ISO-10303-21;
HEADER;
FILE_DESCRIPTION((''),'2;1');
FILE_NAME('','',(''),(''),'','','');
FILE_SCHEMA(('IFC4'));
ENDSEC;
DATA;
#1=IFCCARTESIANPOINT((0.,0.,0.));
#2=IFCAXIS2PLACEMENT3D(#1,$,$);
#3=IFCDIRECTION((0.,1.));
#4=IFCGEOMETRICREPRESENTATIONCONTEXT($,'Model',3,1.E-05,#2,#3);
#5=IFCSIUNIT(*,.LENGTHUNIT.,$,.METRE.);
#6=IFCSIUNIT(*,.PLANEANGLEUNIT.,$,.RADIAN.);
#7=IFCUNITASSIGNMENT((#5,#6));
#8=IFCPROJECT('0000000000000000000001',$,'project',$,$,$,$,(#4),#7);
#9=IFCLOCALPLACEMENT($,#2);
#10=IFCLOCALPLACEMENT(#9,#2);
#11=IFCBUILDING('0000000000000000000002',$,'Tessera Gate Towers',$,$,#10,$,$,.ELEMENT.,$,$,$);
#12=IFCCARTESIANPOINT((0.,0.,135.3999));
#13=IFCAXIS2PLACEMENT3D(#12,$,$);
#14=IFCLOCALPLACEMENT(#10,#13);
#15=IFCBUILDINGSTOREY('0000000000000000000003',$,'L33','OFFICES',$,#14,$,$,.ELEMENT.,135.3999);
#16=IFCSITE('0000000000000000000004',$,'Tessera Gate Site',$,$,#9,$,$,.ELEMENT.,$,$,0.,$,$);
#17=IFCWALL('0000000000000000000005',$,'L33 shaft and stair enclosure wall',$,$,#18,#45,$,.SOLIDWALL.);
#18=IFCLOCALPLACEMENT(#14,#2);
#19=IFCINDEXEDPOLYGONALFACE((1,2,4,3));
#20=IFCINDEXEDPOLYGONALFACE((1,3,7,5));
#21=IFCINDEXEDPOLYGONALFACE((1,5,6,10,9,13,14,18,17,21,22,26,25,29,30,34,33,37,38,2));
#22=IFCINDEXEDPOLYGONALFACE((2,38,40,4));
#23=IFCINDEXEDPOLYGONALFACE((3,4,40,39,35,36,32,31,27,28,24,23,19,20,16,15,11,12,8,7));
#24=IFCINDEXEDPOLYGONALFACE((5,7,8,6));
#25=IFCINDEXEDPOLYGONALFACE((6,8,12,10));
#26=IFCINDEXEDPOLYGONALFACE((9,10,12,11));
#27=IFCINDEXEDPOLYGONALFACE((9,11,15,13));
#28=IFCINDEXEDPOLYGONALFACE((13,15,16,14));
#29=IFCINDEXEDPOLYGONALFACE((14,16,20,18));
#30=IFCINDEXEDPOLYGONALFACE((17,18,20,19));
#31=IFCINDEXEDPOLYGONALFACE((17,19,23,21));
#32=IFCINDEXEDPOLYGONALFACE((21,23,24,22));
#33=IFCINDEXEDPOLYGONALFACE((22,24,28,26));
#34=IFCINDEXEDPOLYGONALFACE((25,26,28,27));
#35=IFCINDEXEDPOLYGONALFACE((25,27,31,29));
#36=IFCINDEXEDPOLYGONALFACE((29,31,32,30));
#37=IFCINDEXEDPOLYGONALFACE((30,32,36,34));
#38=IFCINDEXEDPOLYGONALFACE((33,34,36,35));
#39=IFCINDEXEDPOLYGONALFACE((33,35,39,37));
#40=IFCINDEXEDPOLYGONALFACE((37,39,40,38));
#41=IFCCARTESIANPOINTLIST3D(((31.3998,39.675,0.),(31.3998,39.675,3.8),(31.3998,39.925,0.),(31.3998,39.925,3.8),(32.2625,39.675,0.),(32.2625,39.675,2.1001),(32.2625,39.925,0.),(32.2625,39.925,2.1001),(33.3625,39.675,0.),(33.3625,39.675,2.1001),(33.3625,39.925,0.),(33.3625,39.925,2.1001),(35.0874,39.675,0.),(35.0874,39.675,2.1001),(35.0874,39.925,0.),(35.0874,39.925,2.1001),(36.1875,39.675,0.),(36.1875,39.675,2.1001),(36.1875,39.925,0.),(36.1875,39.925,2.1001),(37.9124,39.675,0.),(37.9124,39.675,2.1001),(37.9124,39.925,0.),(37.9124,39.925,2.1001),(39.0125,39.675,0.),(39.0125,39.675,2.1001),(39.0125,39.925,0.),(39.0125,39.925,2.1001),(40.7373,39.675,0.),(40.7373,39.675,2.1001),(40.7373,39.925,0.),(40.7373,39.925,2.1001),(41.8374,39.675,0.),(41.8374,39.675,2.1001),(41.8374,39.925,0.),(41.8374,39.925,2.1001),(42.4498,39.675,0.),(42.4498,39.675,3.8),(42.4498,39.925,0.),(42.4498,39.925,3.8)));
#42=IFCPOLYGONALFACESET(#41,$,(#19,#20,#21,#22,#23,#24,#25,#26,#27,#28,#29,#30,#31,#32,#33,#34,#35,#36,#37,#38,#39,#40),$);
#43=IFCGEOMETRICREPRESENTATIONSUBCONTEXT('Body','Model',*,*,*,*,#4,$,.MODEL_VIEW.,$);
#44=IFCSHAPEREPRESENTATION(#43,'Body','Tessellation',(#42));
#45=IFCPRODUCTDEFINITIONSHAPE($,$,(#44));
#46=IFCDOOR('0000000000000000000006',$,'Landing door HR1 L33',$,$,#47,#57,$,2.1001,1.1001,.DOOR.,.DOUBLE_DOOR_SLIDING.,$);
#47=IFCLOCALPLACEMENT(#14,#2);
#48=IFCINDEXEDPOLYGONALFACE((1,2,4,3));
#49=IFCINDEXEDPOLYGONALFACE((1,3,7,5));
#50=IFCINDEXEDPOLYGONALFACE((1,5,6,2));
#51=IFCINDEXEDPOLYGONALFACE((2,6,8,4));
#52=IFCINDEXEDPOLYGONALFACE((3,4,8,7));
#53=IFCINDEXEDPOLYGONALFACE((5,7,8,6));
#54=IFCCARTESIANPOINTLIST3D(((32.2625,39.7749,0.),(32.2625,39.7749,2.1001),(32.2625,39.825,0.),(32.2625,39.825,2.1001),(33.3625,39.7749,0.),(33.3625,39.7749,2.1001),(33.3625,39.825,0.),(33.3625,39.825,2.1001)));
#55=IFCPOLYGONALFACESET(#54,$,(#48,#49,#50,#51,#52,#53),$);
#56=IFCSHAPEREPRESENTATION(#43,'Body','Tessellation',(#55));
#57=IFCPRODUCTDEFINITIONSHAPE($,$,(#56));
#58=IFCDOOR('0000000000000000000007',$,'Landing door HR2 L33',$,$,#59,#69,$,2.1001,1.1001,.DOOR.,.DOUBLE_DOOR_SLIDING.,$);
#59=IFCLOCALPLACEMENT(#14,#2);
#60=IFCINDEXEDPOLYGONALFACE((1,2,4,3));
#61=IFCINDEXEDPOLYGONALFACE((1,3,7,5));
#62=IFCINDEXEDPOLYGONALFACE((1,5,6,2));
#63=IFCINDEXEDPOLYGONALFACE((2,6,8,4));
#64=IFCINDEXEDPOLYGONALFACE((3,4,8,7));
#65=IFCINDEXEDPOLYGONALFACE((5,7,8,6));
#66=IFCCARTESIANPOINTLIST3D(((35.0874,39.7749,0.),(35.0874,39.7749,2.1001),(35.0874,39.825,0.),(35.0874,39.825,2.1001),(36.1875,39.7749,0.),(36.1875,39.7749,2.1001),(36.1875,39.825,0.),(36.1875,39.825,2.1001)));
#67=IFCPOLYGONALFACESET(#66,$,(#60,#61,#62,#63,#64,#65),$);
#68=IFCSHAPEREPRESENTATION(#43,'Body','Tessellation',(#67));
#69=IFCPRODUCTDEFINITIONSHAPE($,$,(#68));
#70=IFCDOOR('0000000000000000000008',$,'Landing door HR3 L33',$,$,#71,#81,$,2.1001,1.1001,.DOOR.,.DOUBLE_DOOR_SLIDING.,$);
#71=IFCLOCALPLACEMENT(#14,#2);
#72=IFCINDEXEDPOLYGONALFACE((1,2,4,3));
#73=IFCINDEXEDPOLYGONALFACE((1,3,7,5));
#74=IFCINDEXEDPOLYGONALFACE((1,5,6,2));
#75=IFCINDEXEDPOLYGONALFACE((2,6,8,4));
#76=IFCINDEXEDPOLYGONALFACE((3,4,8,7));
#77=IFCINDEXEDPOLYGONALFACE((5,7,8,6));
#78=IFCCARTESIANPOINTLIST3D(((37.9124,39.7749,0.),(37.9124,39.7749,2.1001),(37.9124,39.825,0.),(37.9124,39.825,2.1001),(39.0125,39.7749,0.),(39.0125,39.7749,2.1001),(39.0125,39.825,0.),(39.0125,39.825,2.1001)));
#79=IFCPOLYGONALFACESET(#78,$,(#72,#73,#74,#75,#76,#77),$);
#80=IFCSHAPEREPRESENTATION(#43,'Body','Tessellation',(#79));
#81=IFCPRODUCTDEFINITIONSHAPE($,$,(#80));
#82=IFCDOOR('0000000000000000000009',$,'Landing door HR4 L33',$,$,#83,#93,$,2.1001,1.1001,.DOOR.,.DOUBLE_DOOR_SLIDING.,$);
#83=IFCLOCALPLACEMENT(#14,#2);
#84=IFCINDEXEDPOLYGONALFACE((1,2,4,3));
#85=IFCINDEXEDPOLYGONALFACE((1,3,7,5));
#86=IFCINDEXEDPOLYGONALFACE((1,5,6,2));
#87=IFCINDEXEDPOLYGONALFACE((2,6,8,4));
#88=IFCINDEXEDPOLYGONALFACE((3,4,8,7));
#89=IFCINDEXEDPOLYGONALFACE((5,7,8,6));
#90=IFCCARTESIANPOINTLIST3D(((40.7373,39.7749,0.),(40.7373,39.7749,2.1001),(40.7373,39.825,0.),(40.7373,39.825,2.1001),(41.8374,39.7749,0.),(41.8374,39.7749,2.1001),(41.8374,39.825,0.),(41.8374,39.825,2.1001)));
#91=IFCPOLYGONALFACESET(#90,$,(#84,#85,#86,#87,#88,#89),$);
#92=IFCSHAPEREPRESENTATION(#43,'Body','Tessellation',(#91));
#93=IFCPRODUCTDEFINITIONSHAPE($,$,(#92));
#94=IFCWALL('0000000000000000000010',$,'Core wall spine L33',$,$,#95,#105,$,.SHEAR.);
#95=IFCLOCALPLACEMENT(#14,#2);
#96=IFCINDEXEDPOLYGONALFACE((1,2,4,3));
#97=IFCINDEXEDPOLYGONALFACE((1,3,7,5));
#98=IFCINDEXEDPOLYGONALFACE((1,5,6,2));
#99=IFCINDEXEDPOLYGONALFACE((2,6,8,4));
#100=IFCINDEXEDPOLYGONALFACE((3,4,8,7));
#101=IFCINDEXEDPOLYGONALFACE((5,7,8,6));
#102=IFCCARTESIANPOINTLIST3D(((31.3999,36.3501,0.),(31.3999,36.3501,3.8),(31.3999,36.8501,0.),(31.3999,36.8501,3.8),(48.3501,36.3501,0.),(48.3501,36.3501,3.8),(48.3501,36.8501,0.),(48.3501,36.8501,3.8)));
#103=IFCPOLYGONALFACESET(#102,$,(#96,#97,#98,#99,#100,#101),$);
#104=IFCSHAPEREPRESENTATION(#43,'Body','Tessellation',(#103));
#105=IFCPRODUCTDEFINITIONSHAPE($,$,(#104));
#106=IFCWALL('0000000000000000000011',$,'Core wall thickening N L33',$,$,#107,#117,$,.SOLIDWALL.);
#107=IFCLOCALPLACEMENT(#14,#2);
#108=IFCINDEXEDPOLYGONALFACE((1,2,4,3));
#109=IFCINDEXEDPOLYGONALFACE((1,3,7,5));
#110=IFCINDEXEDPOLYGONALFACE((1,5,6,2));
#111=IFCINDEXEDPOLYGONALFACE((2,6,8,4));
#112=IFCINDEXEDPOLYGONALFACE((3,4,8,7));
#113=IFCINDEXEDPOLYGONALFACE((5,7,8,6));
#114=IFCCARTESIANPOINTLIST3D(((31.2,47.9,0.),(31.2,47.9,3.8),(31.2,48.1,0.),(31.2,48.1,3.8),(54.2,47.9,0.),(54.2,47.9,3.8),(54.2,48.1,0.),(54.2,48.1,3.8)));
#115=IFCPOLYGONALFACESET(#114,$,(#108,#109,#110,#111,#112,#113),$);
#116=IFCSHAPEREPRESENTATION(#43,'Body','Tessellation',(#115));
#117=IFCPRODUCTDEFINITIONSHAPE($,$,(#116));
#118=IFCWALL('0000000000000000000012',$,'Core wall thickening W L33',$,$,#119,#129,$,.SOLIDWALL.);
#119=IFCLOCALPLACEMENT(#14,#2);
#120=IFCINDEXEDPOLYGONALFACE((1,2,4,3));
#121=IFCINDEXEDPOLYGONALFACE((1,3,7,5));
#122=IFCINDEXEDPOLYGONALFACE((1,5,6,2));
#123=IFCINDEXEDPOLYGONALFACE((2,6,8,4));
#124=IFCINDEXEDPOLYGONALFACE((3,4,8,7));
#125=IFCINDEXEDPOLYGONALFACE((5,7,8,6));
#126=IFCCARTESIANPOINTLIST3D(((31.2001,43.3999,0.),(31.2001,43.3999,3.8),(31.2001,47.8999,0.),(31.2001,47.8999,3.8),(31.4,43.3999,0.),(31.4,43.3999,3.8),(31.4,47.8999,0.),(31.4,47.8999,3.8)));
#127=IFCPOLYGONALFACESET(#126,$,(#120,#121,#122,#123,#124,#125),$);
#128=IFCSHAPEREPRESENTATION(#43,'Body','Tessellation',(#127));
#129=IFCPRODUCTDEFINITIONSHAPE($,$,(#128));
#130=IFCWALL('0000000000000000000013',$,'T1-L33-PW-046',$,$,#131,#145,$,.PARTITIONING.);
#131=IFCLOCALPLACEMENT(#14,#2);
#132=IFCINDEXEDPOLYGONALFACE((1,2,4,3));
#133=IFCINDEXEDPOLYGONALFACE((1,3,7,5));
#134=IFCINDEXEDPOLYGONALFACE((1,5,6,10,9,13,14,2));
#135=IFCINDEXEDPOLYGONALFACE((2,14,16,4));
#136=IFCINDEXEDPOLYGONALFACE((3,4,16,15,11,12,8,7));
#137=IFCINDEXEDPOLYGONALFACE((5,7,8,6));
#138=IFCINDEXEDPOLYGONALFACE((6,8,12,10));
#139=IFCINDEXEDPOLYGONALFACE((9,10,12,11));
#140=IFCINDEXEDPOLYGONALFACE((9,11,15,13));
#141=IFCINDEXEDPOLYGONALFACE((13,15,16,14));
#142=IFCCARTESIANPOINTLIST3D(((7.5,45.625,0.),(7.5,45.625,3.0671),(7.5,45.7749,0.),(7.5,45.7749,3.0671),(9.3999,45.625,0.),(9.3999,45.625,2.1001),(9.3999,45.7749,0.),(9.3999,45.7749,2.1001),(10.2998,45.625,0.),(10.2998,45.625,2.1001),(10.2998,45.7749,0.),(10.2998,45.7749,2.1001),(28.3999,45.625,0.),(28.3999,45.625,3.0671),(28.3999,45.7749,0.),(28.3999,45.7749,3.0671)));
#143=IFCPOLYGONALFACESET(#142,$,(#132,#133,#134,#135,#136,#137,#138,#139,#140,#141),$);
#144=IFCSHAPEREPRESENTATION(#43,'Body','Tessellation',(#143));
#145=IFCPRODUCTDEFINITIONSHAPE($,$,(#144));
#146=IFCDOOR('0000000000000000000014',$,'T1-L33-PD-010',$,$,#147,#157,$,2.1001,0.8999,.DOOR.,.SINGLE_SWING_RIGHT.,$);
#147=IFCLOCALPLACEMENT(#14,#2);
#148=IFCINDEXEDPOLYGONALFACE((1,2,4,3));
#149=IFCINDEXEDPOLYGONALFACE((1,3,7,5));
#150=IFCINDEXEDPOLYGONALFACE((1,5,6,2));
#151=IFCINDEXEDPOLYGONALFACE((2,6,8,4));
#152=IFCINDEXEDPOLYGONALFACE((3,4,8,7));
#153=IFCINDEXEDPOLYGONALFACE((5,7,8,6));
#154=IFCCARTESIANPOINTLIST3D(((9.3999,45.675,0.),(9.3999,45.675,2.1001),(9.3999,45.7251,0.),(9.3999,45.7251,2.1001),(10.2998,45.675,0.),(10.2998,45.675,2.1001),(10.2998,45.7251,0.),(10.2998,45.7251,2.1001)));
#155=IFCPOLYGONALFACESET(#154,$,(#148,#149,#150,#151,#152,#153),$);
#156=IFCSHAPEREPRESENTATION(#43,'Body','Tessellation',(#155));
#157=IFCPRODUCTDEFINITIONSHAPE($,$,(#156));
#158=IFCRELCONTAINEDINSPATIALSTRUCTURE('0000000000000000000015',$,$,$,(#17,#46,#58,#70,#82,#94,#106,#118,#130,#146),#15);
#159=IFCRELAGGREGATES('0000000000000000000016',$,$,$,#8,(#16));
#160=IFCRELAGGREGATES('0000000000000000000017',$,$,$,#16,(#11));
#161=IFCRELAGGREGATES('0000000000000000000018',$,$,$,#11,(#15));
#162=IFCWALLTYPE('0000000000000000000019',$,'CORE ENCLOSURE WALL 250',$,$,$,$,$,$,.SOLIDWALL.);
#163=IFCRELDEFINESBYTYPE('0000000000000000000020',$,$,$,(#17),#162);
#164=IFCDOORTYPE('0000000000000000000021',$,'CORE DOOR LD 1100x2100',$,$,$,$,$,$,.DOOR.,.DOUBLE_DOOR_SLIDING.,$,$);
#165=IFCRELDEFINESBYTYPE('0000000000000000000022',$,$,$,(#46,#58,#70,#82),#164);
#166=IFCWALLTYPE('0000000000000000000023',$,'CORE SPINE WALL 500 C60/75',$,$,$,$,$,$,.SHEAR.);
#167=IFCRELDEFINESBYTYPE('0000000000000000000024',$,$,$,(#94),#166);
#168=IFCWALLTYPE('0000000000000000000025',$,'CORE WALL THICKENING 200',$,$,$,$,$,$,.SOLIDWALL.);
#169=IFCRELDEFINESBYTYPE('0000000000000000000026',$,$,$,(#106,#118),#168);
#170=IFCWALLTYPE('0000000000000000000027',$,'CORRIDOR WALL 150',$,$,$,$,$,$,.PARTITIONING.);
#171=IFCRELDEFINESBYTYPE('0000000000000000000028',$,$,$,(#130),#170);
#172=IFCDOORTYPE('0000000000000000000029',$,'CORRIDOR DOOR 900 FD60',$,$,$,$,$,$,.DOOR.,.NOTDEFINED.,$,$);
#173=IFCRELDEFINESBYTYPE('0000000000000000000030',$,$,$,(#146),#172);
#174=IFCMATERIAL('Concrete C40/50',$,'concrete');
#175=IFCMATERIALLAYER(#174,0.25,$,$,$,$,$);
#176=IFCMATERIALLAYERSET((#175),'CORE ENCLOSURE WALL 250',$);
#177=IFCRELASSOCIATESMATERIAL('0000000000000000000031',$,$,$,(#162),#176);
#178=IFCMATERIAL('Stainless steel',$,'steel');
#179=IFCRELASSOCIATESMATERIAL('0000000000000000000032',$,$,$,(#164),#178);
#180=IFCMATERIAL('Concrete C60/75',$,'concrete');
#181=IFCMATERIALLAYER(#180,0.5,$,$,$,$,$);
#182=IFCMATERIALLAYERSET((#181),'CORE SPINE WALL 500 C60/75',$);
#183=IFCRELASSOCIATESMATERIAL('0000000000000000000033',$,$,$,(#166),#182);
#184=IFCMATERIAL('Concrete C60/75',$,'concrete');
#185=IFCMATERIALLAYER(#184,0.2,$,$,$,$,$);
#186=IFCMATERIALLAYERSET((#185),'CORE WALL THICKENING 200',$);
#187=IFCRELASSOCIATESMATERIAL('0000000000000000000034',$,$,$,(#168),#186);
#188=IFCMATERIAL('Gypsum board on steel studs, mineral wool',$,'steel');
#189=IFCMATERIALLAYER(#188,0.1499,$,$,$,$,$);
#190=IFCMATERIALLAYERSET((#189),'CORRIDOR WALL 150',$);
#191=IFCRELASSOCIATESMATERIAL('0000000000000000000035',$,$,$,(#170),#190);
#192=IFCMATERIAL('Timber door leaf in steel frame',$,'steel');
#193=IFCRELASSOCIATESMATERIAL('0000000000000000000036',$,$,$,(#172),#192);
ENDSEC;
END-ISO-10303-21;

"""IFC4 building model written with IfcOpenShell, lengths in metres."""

from ifc_helpers import new_model, si_unit, direction, frame, frame_2d, origin, place, context, subcontext, project, spatial, rectangle, extrude, source, transform, mapped, material, layer, layer_set, type_object, element, fill, save


model = new_model("IFC4")

# Units and contexts
model_context = context("Model", 3, precision=1e-05, world=origin(), true_north=direction((0.0, 1.0)))
body_context = subcontext(model_context, "Body", "Model", "MODEL_VIEW")
ifc_project = project(units=[si_unit("LENGTHUNIT", "METRE"), si_unit("PLANEANGLEUNIT", "RADIAN")], contexts=[model_context])

# Site, building, storey
site_placement = place(None, origin())
site = spatial("IfcSite", under=ifc_project, at=site_placement, Name="Tessera Gate Site", CompositionType="ELEMENT", RefElevation=0.0)
building_placement = place(site_placement, origin())
building = spatial("IfcBuilding", under=site, at=building_placement, Name="Tessera Gate Towers", CompositionType="ELEMENT")
storey_placement = place(building_placement, frame((0.0, 0.0, 135.3999)))
storey = spatial("IfcBuildingStorey", under=building, at=storey_placement, Name="L33", Description="OFFICES", CompositionType="ELEMENT", Elevation=135.3999)

# Wall, openings, doors
ifc_material_1 = material(Name="Concrete C40/50", Category="concrete")
ifc_layer_1 = layer(ifc_material_1, 0.25)
ifc_layer_set_1 = layer_set([ifc_layer_1], Name="CORE ENCLOSURE WALL 250")
wall_type_1 = type_object("IfcWallType", Name="CORE ENCLOSURE WALL 250", PredefinedType="SOLIDWALL", material=ifc_layer_set_1)
wall_1_placement = place(storey_placement, frame((31.3999, 39.8, 0.0), z_axis=(0.0, 0.0, 1.0), x_axis=(1.0, 0.0, 0.0)))
wall_1 = element("IfcWall", 1, at=wall_1_placement, inside=storey, type_object=wall_type_1, Name="L33 shaft and stair enclosure wall", PredefinedType="SOLIDWALL", context=body_context, shape_type="SweptSolid", body=[
    extrude(rectangle(XDim=11.05, YDim=0.25, at=frame_2d((5.5249, 0.0))), origin(), (0.0, 0.0, 1.0), 3.8),
])
shared_shape_1 = source(origin(), body_context, "Body", "SweptSolid", [
    extrude(rectangle(XDim=1.1001, YDim=2.1001, at=frame_2d((0.55, 1.05))), frame((0.0, 0.135, 0.0), z_axis=(0.0, -1.0, 0.0), x_axis=(1.0, 0.0, 0.0)), (0.0, 0.0, 1.0), 0.27),
])
opening_1_placement = place(wall_1_placement, frame((0.8625, 0.0, 0.0)))
opening_1 = element("IfcOpeningElement", 2, at=opening_1_placement, cuts=wall_1, PredefinedType="OPENING", context=body_context, shape_type="MappedRepresentation", body=[
    mapped(shared_shape_1, transform((0.0, 0.0, 0.0), scale=1.0)),
])
opening_2_placement = place(wall_1_placement, frame((3.6875, 0.0, 0.0)))
opening_2 = element("IfcOpeningElement", 3, at=opening_2_placement, cuts=wall_1, PredefinedType="OPENING", context=body_context, shape_type="MappedRepresentation", body=[
    mapped(shared_shape_1, transform((0.0, 0.0, 0.0), scale=1.0)),
])
opening_3_placement = place(wall_1_placement, frame((6.5125, 0.0, 0.0)))
opening_3 = element("IfcOpeningElement", 4, at=opening_3_placement, cuts=wall_1, PredefinedType="OPENING", context=body_context, shape_type="MappedRepresentation", body=[
    mapped(shared_shape_1, transform((0.0, 0.0, 0.0), scale=1.0)),
])
opening_4_placement = place(wall_1_placement, frame((9.3374, 0.0, 0.0)))
opening_4 = element("IfcOpeningElement", 5, at=opening_4_placement, cuts=wall_1, PredefinedType="OPENING", context=body_context, shape_type="MappedRepresentation", body=[
    mapped(shared_shape_1, transform((0.0, 0.0, 0.0), scale=1.0)),
])
ifc_material_2 = material(Name="Stainless steel", Category="steel")
door_type_1 = type_object("IfcDoorType", Name="CORE DOOR LD 1100x2100", OperationType="DOUBLE_DOOR_SLIDING", PredefinedType="DOOR", material=ifc_material_2)
shared_shape_2 = source(origin(), body_context, "Body", "SweptSolid", [
    extrude(rectangle(XDim=1.1001, YDim=2.1001, at=frame_2d((0.55, 1.05))), frame((0.0, 0.0249, 0.0), z_axis=(0.0, -1.0, 0.0), x_axis=(1.0, 0.0, 0.0)), (0.0, 0.0, 1.0), 0.05),
])
door_1_placement = place(opening_1_placement, origin())
door_1 = element("IfcDoor", 6, at=door_1_placement, inside=storey, type_object=door_type_1, Name="Landing door HR1 L33", OperationType="DOUBLE_DOOR_SLIDING", OverallHeight=2.1001, OverallWidth=1.1001, PredefinedType="DOOR", context=body_context, shape_type="MappedRepresentation", body=[
    mapped(shared_shape_2, transform((0.0, 0.0, 0.0), scale=1.0)),
])
fill(opening_1, door_1)
door_2_placement = place(opening_2_placement, origin())
door_2 = element("IfcDoor", 7, at=door_2_placement, inside=storey, type_object=door_type_1, Name="Landing door HR2 L33", OperationType="DOUBLE_DOOR_SLIDING", OverallHeight=2.1001, OverallWidth=1.1001, PredefinedType="DOOR", context=body_context, shape_type="MappedRepresentation", body=[
    mapped(shared_shape_2, transform((0.0, 0.0, 0.0), scale=1.0)),
])
fill(opening_2, door_2)
door_3_placement = place(opening_3_placement, origin())
door_3 = element("IfcDoor", 8, at=door_3_placement, inside=storey, type_object=door_type_1, Name="Landing door HR3 L33", OperationType="DOUBLE_DOOR_SLIDING", OverallHeight=2.1001, OverallWidth=1.1001, PredefinedType="DOOR", context=body_context, shape_type="MappedRepresentation", body=[
    mapped(shared_shape_2, transform((0.0, 0.0, 0.0), scale=1.0)),
])
fill(opening_3, door_3)
door_4_placement = place(opening_4_placement, origin())
door_4 = element("IfcDoor", 9, at=door_4_placement, inside=storey, type_object=door_type_1, Name="Landing door HR4 L33", OperationType="DOUBLE_DOOR_SLIDING", OverallHeight=2.1001, OverallWidth=1.1001, PredefinedType="DOOR", context=body_context, shape_type="MappedRepresentation", body=[
    mapped(shared_shape_2, transform((0.0, 0.0, 0.0), scale=1.0)),
])
fill(opening_4, door_4)

# Walls
ifc_material_3 = material(Name="Concrete C60/75", Category="concrete")
ifc_layer_2 = layer(ifc_material_3, 0.5)
ifc_layer_set_2 = layer_set([ifc_layer_2], Name="CORE SPINE WALL 500 C60/75")
wall_type_2 = type_object("IfcWallType", Name="CORE SPINE WALL 500 C60/75", PredefinedType="SHEAR", material=ifc_layer_set_2)
wall_2_placement = place(storey_placement, frame((31.3999, 36.6001, 0.0), z_axis=(0.0, 0.0, 1.0), x_axis=(1.0, 0.0, 0.0)))
element("IfcWall", 10, at=wall_2_placement, inside=storey, type_object=wall_type_2, Name="Core wall spine L33", PredefinedType="SHEAR", context=body_context, shape_type="SweptSolid", body=[
    extrude(rectangle(XDim=16.9502, YDim=0.5, at=frame_2d((8.4751, 0.0))), origin(), (0.0, 0.0, 1.0), 3.8),
])
ifc_material_4 = material(Name="Concrete C60/75", Category="concrete")
ifc_layer_3 = layer(ifc_material_4, 0.2)
ifc_layer_set_3 = layer_set([ifc_layer_3], Name="CORE WALL THICKENING 200")
wall_type_3 = type_object("IfcWallType", Name="CORE WALL THICKENING 200", PredefinedType="SOLIDWALL", material=ifc_layer_set_3)
wall_3_placement = place(storey_placement, frame((31.2, 48.0, 0.0), z_axis=(0.0, 0.0, 1.0), x_axis=(1.0, 0.0, 0.0)))
element("IfcWall", 11, at=wall_3_placement, inside=storey, type_object=wall_type_3, Name="Core wall thickening N L33", PredefinedType="SOLIDWALL", context=body_context, shape_type="SweptSolid", body=[
    extrude(rectangle(XDim=23.0, YDim=0.2, at=frame_2d((11.5, 0.0))), origin(), (0.0, 0.0, 1.0), 3.8),
])
wall_4_placement = place(storey_placement, frame((31.3, 43.3999, 0.0), z_axis=(0.0, 0.0, 1.0), x_axis=(0.0, 1.0, 0.0)))
element("IfcWall", 12, at=wall_4_placement, inside=storey, type_object=wall_type_3, Name="Core wall thickening W L33", PredefinedType="SOLIDWALL", context=body_context, shape_type="SweptSolid", body=[
    extrude(rectangle(XDim=4.5, YDim=0.2, at=frame_2d((2.25, 0.0))), origin(), (0.0, 0.0, 1.0), 3.8),
])

# Wall, opening, door
ifc_material_5 = material(Name="Gypsum board on steel studs, mineral wool", Category="steel")
ifc_layer_4 = layer(ifc_material_5, 0.1499)
ifc_layer_set_4 = layer_set([ifc_layer_4], Name="CORRIDOR WALL 150")
wall_type_4 = type_object("IfcWallType", Name="CORRIDOR WALL 150", PredefinedType="PARTITIONING", material=ifc_layer_set_4)
wall_5_placement = place(storey_placement, frame((28.3999, 45.7, 0.0), z_axis=(0.0, 0.0, 1.0), x_axis=(-1.0, 0.0, 0.0)))
wall_5 = element("IfcWall", 13, at=wall_5_placement, inside=storey, type_object=wall_type_4, Name="T1-L33-PW-046", PredefinedType="PARTITIONING", context=body_context, shape_type="SweptSolid", body=[
    extrude(rectangle(XDim=20.8999, YDim=0.1499, at=frame_2d((10.45, 0.0))), origin(), (0.0, 0.0, 1.0), 3.0671),
])
shared_shape_3 = source(origin(), body_context, "Body", "SweptSolid", [
    extrude(rectangle(XDim=0.8999, YDim=2.1001, at=frame_2d((0.45, 1.05))), frame((0.0, 0.085, 0.0), z_axis=(0.0, -1.0, 0.0), x_axis=(1.0, 0.0, 0.0)), (0.0, 0.0, 1.0), 0.1699),
])
opening_5_placement = place(wall_5_placement, frame((18.1001, 0.0, 0.0)))
opening_5 = element("IfcOpeningElement", 14, at=opening_5_placement, cuts=wall_5, PredefinedType="OPENING", context=body_context, shape_type="MappedRepresentation", body=[
    mapped(shared_shape_3, transform((0.0, 0.0, 0.0), scale=1.0)),
])
ifc_material_6 = material(Name="Timber door leaf in steel frame", Category="steel")
door_type_2 = type_object("IfcDoorType", Name="CORRIDOR DOOR 900 FD60", OperationType="NOTDEFINED", PredefinedType="DOOR", material=ifc_material_6)
shared_shape_4 = source(origin(), body_context, "Body", "SweptSolid", [
    extrude(rectangle(XDim=0.8999, YDim=2.1001, at=frame_2d((0.45, 1.05))), frame((0.0, 0.0249, 0.0), z_axis=(0.0, -1.0, 0.0), x_axis=(1.0, 0.0, 0.0)), (0.0, 0.0, 1.0), 0.05),
])
door_5_placement = place(opening_5_placement, origin())
door_5 = element("IfcDoor", 15, at=door_5_placement, inside=storey, type_object=door_type_2, Name="T1-L33-PD-010", OperationType="SINGLE_SWING_RIGHT", OverallHeight=2.1001, OverallWidth=0.8999, PredefinedType="DOOR", context=body_context, shape_type="MappedRepresentation", body=[
    mapped(shared_shape_4, transform((0.0, 0.0, 0.0), scale=1.0)),
])
fill(opening_5, door_5)

save(model, "model.ifc")
